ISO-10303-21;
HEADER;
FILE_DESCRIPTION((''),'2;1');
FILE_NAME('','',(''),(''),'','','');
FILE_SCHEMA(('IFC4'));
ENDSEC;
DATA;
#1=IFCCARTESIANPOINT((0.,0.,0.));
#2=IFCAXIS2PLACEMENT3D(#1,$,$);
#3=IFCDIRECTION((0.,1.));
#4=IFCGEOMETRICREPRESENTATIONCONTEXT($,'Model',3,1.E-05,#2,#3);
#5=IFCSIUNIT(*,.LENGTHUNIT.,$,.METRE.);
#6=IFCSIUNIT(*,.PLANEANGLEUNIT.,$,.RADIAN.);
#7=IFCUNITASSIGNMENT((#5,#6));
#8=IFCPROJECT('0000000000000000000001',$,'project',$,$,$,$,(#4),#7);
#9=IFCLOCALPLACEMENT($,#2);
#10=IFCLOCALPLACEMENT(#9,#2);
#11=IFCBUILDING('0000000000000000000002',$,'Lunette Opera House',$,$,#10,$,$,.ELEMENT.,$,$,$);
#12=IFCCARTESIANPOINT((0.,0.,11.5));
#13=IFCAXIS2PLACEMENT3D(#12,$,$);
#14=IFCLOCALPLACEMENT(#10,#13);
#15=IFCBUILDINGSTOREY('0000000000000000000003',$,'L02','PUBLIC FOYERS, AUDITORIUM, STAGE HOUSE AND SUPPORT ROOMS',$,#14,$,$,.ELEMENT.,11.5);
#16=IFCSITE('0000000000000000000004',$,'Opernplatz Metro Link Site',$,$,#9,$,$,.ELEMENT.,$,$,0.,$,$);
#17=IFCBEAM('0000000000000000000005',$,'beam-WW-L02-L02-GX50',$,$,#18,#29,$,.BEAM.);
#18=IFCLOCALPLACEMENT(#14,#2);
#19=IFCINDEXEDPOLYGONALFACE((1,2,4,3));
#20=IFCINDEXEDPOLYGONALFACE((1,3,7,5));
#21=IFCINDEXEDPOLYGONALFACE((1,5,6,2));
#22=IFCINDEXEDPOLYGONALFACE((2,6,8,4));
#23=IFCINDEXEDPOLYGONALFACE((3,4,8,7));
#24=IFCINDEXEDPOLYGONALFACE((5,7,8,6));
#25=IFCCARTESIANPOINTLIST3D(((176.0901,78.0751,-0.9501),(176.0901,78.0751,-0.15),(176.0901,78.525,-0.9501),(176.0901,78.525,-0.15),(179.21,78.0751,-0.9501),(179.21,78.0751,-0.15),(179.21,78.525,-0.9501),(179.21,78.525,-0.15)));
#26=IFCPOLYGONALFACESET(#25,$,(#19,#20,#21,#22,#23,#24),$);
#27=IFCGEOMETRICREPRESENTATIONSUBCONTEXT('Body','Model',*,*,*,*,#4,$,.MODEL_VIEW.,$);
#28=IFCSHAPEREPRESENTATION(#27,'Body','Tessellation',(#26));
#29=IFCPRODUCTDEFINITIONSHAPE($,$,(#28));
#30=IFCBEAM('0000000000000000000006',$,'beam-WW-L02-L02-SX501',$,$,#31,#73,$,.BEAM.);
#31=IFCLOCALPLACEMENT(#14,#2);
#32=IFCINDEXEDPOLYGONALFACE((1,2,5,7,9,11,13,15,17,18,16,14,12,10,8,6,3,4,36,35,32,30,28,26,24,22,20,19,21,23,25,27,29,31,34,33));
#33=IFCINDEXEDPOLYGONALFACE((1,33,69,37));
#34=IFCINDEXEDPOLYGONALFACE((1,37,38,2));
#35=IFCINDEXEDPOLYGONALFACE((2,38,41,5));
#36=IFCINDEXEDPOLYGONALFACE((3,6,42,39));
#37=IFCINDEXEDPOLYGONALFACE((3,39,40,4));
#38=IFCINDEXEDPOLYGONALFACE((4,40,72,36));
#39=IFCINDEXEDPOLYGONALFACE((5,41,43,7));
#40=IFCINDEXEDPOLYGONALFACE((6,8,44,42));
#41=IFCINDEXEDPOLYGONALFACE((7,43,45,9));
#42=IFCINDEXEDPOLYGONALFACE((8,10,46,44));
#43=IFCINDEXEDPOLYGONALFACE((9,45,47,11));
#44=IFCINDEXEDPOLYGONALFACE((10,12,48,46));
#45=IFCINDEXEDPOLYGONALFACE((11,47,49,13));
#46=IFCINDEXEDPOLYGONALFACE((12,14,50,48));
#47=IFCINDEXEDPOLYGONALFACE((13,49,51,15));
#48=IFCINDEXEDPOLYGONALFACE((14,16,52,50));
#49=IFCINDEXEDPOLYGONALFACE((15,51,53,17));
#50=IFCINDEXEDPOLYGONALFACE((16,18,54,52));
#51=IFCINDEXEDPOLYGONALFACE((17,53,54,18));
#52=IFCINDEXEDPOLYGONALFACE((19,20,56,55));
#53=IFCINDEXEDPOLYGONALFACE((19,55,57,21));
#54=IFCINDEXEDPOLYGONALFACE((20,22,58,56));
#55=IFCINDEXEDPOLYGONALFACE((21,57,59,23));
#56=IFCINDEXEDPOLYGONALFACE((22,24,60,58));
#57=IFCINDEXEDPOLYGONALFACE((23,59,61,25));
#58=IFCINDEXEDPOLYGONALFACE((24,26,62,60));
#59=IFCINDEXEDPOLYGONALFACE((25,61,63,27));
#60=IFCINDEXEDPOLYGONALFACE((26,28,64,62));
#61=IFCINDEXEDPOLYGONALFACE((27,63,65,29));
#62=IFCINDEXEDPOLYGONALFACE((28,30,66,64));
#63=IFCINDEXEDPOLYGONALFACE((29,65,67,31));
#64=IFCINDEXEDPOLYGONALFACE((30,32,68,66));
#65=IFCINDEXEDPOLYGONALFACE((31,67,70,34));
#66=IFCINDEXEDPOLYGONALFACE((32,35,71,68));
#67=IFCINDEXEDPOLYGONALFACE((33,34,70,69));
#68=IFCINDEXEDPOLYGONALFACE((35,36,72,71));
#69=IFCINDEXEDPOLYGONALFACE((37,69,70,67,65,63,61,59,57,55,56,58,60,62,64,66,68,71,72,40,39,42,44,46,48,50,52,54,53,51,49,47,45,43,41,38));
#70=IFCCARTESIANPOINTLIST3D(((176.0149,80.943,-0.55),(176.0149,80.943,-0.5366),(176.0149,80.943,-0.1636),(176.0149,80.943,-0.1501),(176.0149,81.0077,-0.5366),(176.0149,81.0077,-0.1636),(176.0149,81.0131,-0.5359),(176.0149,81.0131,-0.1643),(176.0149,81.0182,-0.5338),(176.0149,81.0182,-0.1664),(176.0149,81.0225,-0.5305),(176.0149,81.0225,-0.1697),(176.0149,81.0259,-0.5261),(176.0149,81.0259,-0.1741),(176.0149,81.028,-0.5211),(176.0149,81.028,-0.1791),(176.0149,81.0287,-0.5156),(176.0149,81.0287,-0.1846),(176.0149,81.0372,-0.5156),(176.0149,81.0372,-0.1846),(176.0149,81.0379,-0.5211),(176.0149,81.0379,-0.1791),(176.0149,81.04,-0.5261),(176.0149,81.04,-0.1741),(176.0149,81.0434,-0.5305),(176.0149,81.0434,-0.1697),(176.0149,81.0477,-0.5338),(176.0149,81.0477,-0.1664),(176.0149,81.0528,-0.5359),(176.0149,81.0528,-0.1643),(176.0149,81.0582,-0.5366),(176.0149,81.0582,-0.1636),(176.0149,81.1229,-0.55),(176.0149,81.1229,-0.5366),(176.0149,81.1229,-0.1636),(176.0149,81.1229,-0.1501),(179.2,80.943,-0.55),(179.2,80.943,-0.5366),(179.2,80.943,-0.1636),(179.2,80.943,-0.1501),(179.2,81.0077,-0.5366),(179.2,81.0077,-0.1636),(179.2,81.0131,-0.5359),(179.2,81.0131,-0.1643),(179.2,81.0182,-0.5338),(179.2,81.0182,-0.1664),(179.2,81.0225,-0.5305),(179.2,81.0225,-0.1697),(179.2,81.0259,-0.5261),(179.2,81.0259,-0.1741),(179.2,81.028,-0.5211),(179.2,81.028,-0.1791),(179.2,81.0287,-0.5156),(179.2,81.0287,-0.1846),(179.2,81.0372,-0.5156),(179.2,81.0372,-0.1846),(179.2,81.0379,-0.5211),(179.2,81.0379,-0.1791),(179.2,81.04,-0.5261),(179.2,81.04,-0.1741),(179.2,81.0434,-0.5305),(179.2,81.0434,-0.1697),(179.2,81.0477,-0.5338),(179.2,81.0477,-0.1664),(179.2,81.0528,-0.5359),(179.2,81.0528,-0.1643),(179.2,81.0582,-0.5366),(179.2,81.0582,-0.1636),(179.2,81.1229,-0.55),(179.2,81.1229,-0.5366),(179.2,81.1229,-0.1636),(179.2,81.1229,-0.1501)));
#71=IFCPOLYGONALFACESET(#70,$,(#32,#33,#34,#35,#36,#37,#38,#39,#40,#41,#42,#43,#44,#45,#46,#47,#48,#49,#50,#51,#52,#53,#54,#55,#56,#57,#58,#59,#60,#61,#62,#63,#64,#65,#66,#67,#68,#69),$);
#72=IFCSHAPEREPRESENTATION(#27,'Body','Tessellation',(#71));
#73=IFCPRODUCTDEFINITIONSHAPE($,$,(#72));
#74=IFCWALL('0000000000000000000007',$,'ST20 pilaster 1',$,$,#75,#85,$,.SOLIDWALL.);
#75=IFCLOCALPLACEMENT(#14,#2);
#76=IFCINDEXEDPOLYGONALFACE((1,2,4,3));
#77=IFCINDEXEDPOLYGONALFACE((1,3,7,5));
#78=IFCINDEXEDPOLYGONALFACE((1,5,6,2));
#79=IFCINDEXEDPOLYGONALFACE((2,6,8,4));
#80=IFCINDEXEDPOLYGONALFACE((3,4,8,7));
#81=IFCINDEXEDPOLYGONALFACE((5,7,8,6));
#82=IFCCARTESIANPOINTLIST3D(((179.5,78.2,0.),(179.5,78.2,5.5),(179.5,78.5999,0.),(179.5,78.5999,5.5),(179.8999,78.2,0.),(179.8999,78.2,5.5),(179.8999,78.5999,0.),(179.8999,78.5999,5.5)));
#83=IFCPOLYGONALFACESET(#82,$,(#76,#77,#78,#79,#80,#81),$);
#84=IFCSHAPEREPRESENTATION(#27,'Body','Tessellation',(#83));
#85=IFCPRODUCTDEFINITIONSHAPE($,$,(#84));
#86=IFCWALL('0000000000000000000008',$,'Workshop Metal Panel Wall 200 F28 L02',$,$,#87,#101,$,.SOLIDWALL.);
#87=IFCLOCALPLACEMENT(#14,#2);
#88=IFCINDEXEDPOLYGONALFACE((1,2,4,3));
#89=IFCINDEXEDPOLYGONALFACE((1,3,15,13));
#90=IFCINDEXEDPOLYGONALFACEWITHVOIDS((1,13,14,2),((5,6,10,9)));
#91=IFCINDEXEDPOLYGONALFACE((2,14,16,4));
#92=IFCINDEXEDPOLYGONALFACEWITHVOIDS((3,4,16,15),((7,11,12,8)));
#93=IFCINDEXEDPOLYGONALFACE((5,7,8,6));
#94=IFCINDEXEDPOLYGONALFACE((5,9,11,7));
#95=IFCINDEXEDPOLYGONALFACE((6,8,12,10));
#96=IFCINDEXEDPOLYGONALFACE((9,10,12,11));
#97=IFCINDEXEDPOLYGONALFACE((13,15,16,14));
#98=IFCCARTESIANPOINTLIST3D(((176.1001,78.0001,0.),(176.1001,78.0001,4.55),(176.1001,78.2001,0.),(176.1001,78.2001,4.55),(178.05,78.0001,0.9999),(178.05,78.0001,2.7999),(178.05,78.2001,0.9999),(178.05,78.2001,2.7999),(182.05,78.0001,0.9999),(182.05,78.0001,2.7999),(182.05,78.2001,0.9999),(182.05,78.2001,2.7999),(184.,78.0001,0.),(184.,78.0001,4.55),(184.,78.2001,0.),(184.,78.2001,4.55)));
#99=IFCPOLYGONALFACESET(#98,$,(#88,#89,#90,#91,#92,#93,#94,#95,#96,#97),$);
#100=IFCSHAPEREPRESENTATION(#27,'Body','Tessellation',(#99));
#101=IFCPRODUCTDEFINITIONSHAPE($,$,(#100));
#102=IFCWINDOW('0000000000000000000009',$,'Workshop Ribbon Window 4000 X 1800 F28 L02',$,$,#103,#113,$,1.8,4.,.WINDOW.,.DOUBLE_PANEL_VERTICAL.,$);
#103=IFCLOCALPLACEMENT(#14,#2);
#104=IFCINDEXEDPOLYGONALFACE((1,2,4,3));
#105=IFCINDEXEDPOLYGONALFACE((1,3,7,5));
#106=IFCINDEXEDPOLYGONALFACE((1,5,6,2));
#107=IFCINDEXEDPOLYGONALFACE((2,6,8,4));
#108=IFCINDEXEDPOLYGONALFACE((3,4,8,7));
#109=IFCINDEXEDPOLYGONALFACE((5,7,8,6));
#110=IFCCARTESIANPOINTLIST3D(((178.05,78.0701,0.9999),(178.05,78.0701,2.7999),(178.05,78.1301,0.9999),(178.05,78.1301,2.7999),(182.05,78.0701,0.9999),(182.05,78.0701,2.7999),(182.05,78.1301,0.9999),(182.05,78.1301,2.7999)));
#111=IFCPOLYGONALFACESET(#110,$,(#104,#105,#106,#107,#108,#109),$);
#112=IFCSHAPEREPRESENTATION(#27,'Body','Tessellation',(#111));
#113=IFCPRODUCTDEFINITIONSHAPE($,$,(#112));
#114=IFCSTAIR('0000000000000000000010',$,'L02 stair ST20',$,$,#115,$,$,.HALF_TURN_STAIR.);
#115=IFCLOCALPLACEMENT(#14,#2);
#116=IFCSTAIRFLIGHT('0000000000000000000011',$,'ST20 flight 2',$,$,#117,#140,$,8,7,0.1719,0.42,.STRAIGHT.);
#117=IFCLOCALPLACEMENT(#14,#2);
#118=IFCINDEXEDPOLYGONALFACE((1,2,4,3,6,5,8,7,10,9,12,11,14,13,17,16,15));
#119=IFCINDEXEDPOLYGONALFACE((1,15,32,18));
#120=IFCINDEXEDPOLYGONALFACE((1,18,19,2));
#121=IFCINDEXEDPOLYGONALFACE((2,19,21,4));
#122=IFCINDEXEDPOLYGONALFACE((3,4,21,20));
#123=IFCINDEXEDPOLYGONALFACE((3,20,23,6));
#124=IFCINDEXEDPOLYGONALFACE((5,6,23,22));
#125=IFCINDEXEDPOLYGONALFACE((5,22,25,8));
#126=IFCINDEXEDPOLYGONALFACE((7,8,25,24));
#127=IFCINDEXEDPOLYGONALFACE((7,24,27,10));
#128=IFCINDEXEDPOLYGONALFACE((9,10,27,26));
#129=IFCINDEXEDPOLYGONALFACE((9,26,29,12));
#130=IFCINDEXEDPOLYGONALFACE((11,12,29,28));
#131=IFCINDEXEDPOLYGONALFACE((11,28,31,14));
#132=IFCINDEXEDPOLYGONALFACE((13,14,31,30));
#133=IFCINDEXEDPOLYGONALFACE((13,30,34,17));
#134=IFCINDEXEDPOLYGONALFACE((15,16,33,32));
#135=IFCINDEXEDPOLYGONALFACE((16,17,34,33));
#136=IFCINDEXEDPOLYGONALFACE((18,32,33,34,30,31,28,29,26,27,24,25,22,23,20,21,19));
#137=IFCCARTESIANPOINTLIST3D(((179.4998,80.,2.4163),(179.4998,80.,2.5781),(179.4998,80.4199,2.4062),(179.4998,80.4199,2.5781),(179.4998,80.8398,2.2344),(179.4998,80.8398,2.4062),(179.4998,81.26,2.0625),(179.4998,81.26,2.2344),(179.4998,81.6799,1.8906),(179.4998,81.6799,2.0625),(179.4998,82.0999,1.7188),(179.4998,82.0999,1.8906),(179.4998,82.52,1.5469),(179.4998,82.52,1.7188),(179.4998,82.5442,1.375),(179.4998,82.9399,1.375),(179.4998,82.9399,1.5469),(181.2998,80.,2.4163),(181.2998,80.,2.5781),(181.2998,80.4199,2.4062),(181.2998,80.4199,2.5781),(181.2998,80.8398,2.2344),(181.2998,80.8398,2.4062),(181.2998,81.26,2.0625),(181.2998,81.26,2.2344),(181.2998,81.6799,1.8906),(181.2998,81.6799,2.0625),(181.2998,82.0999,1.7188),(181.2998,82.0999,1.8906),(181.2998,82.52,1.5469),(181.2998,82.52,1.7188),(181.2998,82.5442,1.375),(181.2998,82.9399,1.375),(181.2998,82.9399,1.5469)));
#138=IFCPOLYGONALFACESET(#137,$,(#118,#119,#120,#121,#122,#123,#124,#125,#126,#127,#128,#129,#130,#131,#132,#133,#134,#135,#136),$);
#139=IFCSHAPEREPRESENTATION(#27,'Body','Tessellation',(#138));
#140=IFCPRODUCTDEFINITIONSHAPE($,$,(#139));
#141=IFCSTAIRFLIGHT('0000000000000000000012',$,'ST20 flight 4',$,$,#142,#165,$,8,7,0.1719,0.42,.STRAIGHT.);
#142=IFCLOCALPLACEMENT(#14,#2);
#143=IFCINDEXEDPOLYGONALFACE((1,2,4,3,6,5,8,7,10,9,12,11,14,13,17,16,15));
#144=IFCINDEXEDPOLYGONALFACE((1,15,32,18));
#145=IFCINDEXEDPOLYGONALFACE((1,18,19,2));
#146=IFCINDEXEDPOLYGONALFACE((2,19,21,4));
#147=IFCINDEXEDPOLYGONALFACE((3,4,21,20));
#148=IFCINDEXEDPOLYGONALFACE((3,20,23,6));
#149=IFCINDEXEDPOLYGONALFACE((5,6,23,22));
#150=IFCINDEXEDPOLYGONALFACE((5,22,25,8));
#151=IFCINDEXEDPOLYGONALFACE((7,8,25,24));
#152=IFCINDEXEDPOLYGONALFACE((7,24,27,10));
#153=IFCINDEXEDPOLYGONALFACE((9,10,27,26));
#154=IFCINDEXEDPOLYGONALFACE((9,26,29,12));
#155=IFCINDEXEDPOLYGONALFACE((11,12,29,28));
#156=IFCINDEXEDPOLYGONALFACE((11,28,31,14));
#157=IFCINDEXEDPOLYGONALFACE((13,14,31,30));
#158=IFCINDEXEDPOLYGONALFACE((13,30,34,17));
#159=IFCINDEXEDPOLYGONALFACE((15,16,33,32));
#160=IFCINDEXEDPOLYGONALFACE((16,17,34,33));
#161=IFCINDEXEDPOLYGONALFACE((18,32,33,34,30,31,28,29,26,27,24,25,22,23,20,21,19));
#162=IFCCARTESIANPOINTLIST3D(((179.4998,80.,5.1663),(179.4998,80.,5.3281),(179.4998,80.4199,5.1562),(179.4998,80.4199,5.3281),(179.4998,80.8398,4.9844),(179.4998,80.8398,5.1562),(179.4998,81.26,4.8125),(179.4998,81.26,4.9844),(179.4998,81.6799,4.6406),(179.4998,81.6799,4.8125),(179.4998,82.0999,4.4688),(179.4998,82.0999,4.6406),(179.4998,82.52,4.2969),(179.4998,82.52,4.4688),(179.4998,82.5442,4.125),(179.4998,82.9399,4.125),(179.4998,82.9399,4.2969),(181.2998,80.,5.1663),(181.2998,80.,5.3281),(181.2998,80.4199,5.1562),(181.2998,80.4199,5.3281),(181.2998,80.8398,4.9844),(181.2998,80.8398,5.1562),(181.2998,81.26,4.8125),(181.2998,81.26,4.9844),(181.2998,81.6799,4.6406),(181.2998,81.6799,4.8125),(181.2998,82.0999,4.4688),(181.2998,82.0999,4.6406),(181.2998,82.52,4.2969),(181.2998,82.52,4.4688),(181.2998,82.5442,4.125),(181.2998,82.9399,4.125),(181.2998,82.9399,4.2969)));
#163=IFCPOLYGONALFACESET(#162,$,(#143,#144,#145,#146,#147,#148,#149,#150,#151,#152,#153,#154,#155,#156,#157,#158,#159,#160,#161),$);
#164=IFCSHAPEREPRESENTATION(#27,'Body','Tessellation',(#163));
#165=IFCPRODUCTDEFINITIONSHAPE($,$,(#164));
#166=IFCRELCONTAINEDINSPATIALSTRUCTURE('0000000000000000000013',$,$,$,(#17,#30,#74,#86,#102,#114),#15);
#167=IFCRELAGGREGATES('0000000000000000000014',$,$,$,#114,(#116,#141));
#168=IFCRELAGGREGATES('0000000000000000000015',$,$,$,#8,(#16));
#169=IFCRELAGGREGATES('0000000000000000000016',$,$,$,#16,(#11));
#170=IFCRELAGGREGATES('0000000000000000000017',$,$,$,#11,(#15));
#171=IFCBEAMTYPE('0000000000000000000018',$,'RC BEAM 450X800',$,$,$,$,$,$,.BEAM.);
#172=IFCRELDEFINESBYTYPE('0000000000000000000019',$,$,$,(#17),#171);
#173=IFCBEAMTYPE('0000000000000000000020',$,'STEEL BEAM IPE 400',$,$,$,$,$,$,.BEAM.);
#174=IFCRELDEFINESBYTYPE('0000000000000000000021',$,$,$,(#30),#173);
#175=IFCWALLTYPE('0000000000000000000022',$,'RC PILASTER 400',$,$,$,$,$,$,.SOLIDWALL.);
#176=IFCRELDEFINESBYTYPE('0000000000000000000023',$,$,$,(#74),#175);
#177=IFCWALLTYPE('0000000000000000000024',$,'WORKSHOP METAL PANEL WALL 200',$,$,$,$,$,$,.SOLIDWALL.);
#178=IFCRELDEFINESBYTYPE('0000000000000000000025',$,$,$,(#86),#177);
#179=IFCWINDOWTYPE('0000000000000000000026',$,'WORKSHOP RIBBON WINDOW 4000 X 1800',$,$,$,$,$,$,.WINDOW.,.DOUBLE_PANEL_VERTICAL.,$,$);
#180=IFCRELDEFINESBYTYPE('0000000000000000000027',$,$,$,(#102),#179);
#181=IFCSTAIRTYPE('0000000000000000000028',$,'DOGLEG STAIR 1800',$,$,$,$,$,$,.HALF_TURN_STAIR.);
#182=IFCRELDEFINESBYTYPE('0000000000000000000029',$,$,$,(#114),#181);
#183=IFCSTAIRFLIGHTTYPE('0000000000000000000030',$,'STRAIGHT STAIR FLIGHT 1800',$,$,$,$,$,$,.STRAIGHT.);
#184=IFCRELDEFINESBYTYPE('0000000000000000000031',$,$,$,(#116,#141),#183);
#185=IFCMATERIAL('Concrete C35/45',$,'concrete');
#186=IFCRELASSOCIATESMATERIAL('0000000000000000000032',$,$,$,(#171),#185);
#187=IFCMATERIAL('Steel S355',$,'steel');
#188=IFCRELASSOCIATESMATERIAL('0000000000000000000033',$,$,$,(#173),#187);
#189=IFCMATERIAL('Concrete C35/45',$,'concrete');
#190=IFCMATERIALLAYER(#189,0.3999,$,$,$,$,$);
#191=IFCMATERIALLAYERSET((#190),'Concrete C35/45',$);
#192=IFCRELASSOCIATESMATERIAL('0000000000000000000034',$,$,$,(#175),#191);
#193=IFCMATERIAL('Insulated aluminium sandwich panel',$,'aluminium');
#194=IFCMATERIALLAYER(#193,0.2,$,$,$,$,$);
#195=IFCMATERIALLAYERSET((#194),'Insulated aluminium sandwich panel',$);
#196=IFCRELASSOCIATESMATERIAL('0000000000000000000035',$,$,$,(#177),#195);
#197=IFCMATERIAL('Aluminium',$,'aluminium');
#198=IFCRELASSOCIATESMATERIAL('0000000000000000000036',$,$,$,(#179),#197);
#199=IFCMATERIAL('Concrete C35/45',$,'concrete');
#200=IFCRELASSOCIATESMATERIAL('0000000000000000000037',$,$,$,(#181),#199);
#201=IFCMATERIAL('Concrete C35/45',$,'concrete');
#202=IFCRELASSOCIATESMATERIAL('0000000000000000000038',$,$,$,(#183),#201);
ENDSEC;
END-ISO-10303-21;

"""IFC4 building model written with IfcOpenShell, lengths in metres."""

from ifc_helpers import new_model, si_unit, direction, frame, frame_2d, origin, origin_2d, place, context, subcontext, project, spatial, polyline, rectangle, i_section, outline, extrude, material, layer, layer_set, material_profile, profile_set, type_object, element, fill, aggregate, save


model = new_model("IFC4")

# Units and contexts
model_context = context("Model", 3, precision=1e-05, world=origin(), true_north=direction((0.0, 1.0)))
body_context = subcontext(model_context, "Body", "Model", "MODEL_VIEW")
ifc_project = project(units=[si_unit("LENGTHUNIT", "METRE"), si_unit("PLANEANGLEUNIT", "RADIAN")], contexts=[model_context])

# Site, building, storey
site_placement = place(None, origin())
site = spatial("IfcSite", under=ifc_project, at=site_placement, Name="Opernplatz Metro Link Site", CompositionType="ELEMENT", RefElevation=0.0)
building_placement = place(site_placement, origin())
building = spatial("IfcBuilding", under=site, at=building_placement, Name="Lunette Opera House", CompositionType="ELEMENT")
storey_placement = place(building_placement, frame((0.0, 0.0, 11.5)))
storey = spatial("IfcBuildingStorey", under=building, at=storey_placement, Name="L02", Description="PUBLIC FOYERS, AUDITORIUM, STAGE HOUSE AND SUPPORT ROOMS", CompositionType="ELEMENT", Elevation=11.5)

# Beams
ifc_material_1 = material(Name="Concrete C35/45", Category="concrete")
ifc_material_profile_1 = material_profile(ifc_material_1, rectangle(XDim=0.45, YDim=0.8, at=origin_2d()), Name="RC BEAM 450X800")
ifc_profile_set_1 = profile_set([ifc_material_profile_1], Name="Concrete C35/45")
beam_type_1 = type_object("IfcBeamType", Name="RC BEAM 450X800", PredefinedType="BEAM", material=ifc_profile_set_1)
beam_1_placement = place(storey_placement, frame((176.0901, 78.3, -0.55), z_axis=(1.0, 0.0, 0.0), x_axis=(0.0, 1.0, 0.0)))
element("IfcBeam", 1, at=beam_1_placement, inside=storey, type_object=beam_type_1, Name="beam-WW-L02-L02-GX50", PredefinedType="BEAM", context=body_context, shape_type="SweptSolid", body=[
    extrude(rectangle(XDim=0.45, YDim=0.8, at=origin_2d()), origin(), (0.0, 0.0, 1.0), 3.1199),
])
ifc_material_2 = material(Name="Steel S355", Category="steel")
ifc_material_profile_2 = material_profile(ifc_material_2, i_section(OverallWidth=0.1799, OverallDepth=0.3999, WebThickness=0.0085, FlangeThickness=0.0134, FilletRadius=0.021, at=origin_2d()), Name="IPE 400")
ifc_profile_set_2 = profile_set([ifc_material_profile_2], Name="Steel S355")
beam_type_2 = type_object("IfcBeamType", Name="STEEL BEAM IPE 400", PredefinedType="BEAM", material=ifc_profile_set_2)
beam_2_placement = place(storey_placement, frame((176.0149, 81.033, -0.3501), z_axis=(1.0, 0.0, 0.0), x_axis=(0.0, 1.0, 0.0)))
element("IfcBeam", 2, at=beam_2_placement, inside=storey, type_object=beam_type_2, Name="beam-WW-L02-L02-SX501", PredefinedType="BEAM", context=body_context, shape_type="SweptSolid", body=[
    extrude(i_section(OverallWidth=0.1799, OverallDepth=0.3999, WebThickness=0.0085, FlangeThickness=0.0134, FilletRadius=0.021, at=origin_2d()), origin(), (0.0, 0.0, 1.0), 3.1851),
])

# Wall
ifc_material_3 = material(Name="Concrete C35/45", Category="concrete")
ifc_layer_1 = layer(ifc_material_3, 0.3999)
ifc_layer_set_1 = layer_set([ifc_layer_1], Name="Concrete C35/45")
wall_type_1 = type_object("IfcWallType", Name="RC PILASTER 400", PredefinedType="SOLIDWALL", material=ifc_layer_set_1)
wall_1_placement = place(storey_placement, frame((179.5, 78.3999, 0.0), z_axis=(0.0, 0.0, 1.0), x_axis=(1.0, 0.0, 0.0)))
element("IfcWall", 3, at=wall_1_placement, inside=storey, type_object=wall_type_1, Name="ST20 pilaster 1", PredefinedType="SOLIDWALL", context=body_context, shape_type="SweptSolid", body=[
    extrude(rectangle(XDim=0.3999, YDim=0.3999, at=frame_2d((0.2, 0.0))), origin(), (0.0, 0.0, 1.0), 5.5),
])

# Wall, opening, window
ifc_material_4 = material(Name="Insulated aluminium sandwich panel", Category="aluminium")
ifc_layer_2 = layer(ifc_material_4, 0.2)
ifc_layer_set_2 = layer_set([ifc_layer_2], Name="Insulated aluminium sandwich panel")
wall_type_2 = type_object("IfcWallType", Name="WORKSHOP METAL PANEL WALL 200", PredefinedType="SOLIDWALL", material=ifc_layer_set_2)
wall_2_placement = place(storey_placement, frame((176.1001, 78.1001, 0.0), z_axis=(0.0, 0.0, 1.0), x_axis=(1.0, 0.0, 0.0)))
wall_2 = element("IfcWall", 4, at=wall_2_placement, inside=storey, type_object=wall_type_2, Name="Workshop Metal Panel Wall 200 F28 L02", PredefinedType="SOLIDWALL", context=body_context, shape_type="SweptSolid", body=[
    extrude(rectangle(XDim=7.8999, YDim=0.2, at=frame_2d((3.95, 0.0))), origin(), (0.0, 0.0, 1.0), 4.55),
])
opening_placement = place(wall_2_placement, frame((1.95, 0.0, 1.0)))
opening = element("IfcOpeningElement", 5, at=opening_placement, cuts=wall_2, PredefinedType="OPENING", context=body_context, shape_type="SweptSolid", body=[
    extrude(rectangle(XDim=4.0, YDim=1.8, at=frame_2d((2.0, 0.8999))), frame((0.0, 0.1121, 0.0), z_axis=(0.0, -1.0, 0.0), x_axis=(1.0, 0.0, 0.0)), (0.0, 0.0, 1.0), 0.2239),
])
ifc_material_5 = material(Name="Aluminium", Category="aluminium")
window_type = type_object("IfcWindowType", Name="WORKSHOP RIBBON WINDOW 4000 X 1800", PartitioningType="DOUBLE_PANEL_VERTICAL", PredefinedType="WINDOW", material=ifc_material_5)
window_placement = place(opening_placement, origin())
window = element("IfcWindow", 6, at=window_placement, inside=storey, type_object=window_type, Name="Workshop Ribbon Window 4000 X 1800 F28 L02", OverallHeight=1.8, OverallWidth=4.0, PartitioningType="DOUBLE_PANEL_VERTICAL", PredefinedType="WINDOW", context=body_context, shape_type="SweptSolid", body=[
    extrude(rectangle(XDim=4.0, YDim=1.8, at=frame_2d((2.0, 0.8999))), frame((0.0, 0.03, 0.0), z_axis=(0.0, -1.0, 0.0), x_axis=(1.0, 0.0, 0.0)), (0.0, 0.0, 1.0), 0.0601),
])
fill(opening, window)

# Stair, stair flights
ifc_material_6 = material(Name="Concrete C35/45", Category="concrete")
stair_type = type_object("IfcStairType", Name="DOGLEG STAIR 1800", PredefinedType="HALF_TURN_STAIR", material=ifc_material_6)
stair_placement = place(storey_placement, origin())
stair = element("IfcStair", 7, at=stair_placement, inside=storey, type_object=stair_type, Name="L02 stair ST20", PredefinedType="HALF_TURN_STAIR")
ifc_material_7 = material(Name="Concrete C35/45", Category="concrete")
stair_flight_type = type_object("IfcStairFlightType", Name="STRAIGHT STAIR FLIGHT 1800", PredefinedType="STRAIGHT", material=ifc_material_7)
stair_flight_1_placement = place(storey_placement, frame((180.3999, 82.9399, 1.375), z_axis=(0.0, 0.0, 1.0), x_axis=(0.0, -1.0, 0.0)))
stair_flight_1 = element("IfcStairFlight", 8, at=stair_flight_1_placement, type_object=stair_flight_type, Name="ST20 flight 2", NumberOfRisers=8, NumberOfTreads=7, PredefinedType="STRAIGHT", RiserHeight=0.1719, TreadLength=0.42, context=body_context, shape_type="SweptSolid", body=[
    extrude(outline(polyline([(0.0, 0.0), (0.0, 0.1719), (0.4199, 0.1719), (0.4199, 0.3438), (0.8401, 0.3438), (0.8401, 0.5156), (1.26, 0.5156), (1.26, 0.6875), (1.6799, 0.6875), (1.6799, 0.8594), (2.1001, 0.8594), (2.1001, 1.0312), (2.52, 1.0312), (2.52, 1.2031), (2.9399, 1.2031), (2.9399, 1.375), (2.9399, 1.0413), (0.3958, 0.0), (0.0, 0.0)])), frame((0.0, 0.8999, 0.0), z_axis=(0.0, -1.0, 0.0), x_axis=(1.0, 0.0, 0.0)), (0.0, 0.0, 1.0), 1.8),
])
stair_flight_2_placement = place(storey_placement, frame((180.3999, 82.9399, 4.125), z_axis=(0.0, 0.0, 1.0), x_axis=(0.0, -1.0, 0.0)))
stair_flight_2 = element("IfcStairFlight", 9, at=stair_flight_2_placement, type_object=stair_flight_type, Name="ST20 flight 4", NumberOfRisers=8, NumberOfTreads=7, PredefinedType="STRAIGHT", RiserHeight=0.1719, TreadLength=0.42, context=body_context, shape_type="SweptSolid", body=[
    extrude(outline(polyline([(0.0, 0.0), (0.0, 0.1719), (0.4199, 0.1719), (0.4199, 0.3438), (0.8401, 0.3438), (0.8401, 0.5156), (1.26, 0.5156), (1.26, 0.6875), (1.6799, 0.6875), (1.6799, 0.8594), (2.1001, 0.8594), (2.1001, 1.0312), (2.52, 1.0312), (2.52, 1.2031), (2.9399, 1.2031), (2.9399, 1.375), (2.9399, 1.0413), (0.3958, 0.0), (0.0, 0.0)])), frame((0.0, 0.8999, 0.0), z_axis=(0.0, -1.0, 0.0), x_axis=(1.0, 0.0, 0.0)), (0.0, 0.0, 1.0), 1.8),
])
aggregate(stair, [stair_flight_1, stair_flight_2])

save(model, "model.ifc")
